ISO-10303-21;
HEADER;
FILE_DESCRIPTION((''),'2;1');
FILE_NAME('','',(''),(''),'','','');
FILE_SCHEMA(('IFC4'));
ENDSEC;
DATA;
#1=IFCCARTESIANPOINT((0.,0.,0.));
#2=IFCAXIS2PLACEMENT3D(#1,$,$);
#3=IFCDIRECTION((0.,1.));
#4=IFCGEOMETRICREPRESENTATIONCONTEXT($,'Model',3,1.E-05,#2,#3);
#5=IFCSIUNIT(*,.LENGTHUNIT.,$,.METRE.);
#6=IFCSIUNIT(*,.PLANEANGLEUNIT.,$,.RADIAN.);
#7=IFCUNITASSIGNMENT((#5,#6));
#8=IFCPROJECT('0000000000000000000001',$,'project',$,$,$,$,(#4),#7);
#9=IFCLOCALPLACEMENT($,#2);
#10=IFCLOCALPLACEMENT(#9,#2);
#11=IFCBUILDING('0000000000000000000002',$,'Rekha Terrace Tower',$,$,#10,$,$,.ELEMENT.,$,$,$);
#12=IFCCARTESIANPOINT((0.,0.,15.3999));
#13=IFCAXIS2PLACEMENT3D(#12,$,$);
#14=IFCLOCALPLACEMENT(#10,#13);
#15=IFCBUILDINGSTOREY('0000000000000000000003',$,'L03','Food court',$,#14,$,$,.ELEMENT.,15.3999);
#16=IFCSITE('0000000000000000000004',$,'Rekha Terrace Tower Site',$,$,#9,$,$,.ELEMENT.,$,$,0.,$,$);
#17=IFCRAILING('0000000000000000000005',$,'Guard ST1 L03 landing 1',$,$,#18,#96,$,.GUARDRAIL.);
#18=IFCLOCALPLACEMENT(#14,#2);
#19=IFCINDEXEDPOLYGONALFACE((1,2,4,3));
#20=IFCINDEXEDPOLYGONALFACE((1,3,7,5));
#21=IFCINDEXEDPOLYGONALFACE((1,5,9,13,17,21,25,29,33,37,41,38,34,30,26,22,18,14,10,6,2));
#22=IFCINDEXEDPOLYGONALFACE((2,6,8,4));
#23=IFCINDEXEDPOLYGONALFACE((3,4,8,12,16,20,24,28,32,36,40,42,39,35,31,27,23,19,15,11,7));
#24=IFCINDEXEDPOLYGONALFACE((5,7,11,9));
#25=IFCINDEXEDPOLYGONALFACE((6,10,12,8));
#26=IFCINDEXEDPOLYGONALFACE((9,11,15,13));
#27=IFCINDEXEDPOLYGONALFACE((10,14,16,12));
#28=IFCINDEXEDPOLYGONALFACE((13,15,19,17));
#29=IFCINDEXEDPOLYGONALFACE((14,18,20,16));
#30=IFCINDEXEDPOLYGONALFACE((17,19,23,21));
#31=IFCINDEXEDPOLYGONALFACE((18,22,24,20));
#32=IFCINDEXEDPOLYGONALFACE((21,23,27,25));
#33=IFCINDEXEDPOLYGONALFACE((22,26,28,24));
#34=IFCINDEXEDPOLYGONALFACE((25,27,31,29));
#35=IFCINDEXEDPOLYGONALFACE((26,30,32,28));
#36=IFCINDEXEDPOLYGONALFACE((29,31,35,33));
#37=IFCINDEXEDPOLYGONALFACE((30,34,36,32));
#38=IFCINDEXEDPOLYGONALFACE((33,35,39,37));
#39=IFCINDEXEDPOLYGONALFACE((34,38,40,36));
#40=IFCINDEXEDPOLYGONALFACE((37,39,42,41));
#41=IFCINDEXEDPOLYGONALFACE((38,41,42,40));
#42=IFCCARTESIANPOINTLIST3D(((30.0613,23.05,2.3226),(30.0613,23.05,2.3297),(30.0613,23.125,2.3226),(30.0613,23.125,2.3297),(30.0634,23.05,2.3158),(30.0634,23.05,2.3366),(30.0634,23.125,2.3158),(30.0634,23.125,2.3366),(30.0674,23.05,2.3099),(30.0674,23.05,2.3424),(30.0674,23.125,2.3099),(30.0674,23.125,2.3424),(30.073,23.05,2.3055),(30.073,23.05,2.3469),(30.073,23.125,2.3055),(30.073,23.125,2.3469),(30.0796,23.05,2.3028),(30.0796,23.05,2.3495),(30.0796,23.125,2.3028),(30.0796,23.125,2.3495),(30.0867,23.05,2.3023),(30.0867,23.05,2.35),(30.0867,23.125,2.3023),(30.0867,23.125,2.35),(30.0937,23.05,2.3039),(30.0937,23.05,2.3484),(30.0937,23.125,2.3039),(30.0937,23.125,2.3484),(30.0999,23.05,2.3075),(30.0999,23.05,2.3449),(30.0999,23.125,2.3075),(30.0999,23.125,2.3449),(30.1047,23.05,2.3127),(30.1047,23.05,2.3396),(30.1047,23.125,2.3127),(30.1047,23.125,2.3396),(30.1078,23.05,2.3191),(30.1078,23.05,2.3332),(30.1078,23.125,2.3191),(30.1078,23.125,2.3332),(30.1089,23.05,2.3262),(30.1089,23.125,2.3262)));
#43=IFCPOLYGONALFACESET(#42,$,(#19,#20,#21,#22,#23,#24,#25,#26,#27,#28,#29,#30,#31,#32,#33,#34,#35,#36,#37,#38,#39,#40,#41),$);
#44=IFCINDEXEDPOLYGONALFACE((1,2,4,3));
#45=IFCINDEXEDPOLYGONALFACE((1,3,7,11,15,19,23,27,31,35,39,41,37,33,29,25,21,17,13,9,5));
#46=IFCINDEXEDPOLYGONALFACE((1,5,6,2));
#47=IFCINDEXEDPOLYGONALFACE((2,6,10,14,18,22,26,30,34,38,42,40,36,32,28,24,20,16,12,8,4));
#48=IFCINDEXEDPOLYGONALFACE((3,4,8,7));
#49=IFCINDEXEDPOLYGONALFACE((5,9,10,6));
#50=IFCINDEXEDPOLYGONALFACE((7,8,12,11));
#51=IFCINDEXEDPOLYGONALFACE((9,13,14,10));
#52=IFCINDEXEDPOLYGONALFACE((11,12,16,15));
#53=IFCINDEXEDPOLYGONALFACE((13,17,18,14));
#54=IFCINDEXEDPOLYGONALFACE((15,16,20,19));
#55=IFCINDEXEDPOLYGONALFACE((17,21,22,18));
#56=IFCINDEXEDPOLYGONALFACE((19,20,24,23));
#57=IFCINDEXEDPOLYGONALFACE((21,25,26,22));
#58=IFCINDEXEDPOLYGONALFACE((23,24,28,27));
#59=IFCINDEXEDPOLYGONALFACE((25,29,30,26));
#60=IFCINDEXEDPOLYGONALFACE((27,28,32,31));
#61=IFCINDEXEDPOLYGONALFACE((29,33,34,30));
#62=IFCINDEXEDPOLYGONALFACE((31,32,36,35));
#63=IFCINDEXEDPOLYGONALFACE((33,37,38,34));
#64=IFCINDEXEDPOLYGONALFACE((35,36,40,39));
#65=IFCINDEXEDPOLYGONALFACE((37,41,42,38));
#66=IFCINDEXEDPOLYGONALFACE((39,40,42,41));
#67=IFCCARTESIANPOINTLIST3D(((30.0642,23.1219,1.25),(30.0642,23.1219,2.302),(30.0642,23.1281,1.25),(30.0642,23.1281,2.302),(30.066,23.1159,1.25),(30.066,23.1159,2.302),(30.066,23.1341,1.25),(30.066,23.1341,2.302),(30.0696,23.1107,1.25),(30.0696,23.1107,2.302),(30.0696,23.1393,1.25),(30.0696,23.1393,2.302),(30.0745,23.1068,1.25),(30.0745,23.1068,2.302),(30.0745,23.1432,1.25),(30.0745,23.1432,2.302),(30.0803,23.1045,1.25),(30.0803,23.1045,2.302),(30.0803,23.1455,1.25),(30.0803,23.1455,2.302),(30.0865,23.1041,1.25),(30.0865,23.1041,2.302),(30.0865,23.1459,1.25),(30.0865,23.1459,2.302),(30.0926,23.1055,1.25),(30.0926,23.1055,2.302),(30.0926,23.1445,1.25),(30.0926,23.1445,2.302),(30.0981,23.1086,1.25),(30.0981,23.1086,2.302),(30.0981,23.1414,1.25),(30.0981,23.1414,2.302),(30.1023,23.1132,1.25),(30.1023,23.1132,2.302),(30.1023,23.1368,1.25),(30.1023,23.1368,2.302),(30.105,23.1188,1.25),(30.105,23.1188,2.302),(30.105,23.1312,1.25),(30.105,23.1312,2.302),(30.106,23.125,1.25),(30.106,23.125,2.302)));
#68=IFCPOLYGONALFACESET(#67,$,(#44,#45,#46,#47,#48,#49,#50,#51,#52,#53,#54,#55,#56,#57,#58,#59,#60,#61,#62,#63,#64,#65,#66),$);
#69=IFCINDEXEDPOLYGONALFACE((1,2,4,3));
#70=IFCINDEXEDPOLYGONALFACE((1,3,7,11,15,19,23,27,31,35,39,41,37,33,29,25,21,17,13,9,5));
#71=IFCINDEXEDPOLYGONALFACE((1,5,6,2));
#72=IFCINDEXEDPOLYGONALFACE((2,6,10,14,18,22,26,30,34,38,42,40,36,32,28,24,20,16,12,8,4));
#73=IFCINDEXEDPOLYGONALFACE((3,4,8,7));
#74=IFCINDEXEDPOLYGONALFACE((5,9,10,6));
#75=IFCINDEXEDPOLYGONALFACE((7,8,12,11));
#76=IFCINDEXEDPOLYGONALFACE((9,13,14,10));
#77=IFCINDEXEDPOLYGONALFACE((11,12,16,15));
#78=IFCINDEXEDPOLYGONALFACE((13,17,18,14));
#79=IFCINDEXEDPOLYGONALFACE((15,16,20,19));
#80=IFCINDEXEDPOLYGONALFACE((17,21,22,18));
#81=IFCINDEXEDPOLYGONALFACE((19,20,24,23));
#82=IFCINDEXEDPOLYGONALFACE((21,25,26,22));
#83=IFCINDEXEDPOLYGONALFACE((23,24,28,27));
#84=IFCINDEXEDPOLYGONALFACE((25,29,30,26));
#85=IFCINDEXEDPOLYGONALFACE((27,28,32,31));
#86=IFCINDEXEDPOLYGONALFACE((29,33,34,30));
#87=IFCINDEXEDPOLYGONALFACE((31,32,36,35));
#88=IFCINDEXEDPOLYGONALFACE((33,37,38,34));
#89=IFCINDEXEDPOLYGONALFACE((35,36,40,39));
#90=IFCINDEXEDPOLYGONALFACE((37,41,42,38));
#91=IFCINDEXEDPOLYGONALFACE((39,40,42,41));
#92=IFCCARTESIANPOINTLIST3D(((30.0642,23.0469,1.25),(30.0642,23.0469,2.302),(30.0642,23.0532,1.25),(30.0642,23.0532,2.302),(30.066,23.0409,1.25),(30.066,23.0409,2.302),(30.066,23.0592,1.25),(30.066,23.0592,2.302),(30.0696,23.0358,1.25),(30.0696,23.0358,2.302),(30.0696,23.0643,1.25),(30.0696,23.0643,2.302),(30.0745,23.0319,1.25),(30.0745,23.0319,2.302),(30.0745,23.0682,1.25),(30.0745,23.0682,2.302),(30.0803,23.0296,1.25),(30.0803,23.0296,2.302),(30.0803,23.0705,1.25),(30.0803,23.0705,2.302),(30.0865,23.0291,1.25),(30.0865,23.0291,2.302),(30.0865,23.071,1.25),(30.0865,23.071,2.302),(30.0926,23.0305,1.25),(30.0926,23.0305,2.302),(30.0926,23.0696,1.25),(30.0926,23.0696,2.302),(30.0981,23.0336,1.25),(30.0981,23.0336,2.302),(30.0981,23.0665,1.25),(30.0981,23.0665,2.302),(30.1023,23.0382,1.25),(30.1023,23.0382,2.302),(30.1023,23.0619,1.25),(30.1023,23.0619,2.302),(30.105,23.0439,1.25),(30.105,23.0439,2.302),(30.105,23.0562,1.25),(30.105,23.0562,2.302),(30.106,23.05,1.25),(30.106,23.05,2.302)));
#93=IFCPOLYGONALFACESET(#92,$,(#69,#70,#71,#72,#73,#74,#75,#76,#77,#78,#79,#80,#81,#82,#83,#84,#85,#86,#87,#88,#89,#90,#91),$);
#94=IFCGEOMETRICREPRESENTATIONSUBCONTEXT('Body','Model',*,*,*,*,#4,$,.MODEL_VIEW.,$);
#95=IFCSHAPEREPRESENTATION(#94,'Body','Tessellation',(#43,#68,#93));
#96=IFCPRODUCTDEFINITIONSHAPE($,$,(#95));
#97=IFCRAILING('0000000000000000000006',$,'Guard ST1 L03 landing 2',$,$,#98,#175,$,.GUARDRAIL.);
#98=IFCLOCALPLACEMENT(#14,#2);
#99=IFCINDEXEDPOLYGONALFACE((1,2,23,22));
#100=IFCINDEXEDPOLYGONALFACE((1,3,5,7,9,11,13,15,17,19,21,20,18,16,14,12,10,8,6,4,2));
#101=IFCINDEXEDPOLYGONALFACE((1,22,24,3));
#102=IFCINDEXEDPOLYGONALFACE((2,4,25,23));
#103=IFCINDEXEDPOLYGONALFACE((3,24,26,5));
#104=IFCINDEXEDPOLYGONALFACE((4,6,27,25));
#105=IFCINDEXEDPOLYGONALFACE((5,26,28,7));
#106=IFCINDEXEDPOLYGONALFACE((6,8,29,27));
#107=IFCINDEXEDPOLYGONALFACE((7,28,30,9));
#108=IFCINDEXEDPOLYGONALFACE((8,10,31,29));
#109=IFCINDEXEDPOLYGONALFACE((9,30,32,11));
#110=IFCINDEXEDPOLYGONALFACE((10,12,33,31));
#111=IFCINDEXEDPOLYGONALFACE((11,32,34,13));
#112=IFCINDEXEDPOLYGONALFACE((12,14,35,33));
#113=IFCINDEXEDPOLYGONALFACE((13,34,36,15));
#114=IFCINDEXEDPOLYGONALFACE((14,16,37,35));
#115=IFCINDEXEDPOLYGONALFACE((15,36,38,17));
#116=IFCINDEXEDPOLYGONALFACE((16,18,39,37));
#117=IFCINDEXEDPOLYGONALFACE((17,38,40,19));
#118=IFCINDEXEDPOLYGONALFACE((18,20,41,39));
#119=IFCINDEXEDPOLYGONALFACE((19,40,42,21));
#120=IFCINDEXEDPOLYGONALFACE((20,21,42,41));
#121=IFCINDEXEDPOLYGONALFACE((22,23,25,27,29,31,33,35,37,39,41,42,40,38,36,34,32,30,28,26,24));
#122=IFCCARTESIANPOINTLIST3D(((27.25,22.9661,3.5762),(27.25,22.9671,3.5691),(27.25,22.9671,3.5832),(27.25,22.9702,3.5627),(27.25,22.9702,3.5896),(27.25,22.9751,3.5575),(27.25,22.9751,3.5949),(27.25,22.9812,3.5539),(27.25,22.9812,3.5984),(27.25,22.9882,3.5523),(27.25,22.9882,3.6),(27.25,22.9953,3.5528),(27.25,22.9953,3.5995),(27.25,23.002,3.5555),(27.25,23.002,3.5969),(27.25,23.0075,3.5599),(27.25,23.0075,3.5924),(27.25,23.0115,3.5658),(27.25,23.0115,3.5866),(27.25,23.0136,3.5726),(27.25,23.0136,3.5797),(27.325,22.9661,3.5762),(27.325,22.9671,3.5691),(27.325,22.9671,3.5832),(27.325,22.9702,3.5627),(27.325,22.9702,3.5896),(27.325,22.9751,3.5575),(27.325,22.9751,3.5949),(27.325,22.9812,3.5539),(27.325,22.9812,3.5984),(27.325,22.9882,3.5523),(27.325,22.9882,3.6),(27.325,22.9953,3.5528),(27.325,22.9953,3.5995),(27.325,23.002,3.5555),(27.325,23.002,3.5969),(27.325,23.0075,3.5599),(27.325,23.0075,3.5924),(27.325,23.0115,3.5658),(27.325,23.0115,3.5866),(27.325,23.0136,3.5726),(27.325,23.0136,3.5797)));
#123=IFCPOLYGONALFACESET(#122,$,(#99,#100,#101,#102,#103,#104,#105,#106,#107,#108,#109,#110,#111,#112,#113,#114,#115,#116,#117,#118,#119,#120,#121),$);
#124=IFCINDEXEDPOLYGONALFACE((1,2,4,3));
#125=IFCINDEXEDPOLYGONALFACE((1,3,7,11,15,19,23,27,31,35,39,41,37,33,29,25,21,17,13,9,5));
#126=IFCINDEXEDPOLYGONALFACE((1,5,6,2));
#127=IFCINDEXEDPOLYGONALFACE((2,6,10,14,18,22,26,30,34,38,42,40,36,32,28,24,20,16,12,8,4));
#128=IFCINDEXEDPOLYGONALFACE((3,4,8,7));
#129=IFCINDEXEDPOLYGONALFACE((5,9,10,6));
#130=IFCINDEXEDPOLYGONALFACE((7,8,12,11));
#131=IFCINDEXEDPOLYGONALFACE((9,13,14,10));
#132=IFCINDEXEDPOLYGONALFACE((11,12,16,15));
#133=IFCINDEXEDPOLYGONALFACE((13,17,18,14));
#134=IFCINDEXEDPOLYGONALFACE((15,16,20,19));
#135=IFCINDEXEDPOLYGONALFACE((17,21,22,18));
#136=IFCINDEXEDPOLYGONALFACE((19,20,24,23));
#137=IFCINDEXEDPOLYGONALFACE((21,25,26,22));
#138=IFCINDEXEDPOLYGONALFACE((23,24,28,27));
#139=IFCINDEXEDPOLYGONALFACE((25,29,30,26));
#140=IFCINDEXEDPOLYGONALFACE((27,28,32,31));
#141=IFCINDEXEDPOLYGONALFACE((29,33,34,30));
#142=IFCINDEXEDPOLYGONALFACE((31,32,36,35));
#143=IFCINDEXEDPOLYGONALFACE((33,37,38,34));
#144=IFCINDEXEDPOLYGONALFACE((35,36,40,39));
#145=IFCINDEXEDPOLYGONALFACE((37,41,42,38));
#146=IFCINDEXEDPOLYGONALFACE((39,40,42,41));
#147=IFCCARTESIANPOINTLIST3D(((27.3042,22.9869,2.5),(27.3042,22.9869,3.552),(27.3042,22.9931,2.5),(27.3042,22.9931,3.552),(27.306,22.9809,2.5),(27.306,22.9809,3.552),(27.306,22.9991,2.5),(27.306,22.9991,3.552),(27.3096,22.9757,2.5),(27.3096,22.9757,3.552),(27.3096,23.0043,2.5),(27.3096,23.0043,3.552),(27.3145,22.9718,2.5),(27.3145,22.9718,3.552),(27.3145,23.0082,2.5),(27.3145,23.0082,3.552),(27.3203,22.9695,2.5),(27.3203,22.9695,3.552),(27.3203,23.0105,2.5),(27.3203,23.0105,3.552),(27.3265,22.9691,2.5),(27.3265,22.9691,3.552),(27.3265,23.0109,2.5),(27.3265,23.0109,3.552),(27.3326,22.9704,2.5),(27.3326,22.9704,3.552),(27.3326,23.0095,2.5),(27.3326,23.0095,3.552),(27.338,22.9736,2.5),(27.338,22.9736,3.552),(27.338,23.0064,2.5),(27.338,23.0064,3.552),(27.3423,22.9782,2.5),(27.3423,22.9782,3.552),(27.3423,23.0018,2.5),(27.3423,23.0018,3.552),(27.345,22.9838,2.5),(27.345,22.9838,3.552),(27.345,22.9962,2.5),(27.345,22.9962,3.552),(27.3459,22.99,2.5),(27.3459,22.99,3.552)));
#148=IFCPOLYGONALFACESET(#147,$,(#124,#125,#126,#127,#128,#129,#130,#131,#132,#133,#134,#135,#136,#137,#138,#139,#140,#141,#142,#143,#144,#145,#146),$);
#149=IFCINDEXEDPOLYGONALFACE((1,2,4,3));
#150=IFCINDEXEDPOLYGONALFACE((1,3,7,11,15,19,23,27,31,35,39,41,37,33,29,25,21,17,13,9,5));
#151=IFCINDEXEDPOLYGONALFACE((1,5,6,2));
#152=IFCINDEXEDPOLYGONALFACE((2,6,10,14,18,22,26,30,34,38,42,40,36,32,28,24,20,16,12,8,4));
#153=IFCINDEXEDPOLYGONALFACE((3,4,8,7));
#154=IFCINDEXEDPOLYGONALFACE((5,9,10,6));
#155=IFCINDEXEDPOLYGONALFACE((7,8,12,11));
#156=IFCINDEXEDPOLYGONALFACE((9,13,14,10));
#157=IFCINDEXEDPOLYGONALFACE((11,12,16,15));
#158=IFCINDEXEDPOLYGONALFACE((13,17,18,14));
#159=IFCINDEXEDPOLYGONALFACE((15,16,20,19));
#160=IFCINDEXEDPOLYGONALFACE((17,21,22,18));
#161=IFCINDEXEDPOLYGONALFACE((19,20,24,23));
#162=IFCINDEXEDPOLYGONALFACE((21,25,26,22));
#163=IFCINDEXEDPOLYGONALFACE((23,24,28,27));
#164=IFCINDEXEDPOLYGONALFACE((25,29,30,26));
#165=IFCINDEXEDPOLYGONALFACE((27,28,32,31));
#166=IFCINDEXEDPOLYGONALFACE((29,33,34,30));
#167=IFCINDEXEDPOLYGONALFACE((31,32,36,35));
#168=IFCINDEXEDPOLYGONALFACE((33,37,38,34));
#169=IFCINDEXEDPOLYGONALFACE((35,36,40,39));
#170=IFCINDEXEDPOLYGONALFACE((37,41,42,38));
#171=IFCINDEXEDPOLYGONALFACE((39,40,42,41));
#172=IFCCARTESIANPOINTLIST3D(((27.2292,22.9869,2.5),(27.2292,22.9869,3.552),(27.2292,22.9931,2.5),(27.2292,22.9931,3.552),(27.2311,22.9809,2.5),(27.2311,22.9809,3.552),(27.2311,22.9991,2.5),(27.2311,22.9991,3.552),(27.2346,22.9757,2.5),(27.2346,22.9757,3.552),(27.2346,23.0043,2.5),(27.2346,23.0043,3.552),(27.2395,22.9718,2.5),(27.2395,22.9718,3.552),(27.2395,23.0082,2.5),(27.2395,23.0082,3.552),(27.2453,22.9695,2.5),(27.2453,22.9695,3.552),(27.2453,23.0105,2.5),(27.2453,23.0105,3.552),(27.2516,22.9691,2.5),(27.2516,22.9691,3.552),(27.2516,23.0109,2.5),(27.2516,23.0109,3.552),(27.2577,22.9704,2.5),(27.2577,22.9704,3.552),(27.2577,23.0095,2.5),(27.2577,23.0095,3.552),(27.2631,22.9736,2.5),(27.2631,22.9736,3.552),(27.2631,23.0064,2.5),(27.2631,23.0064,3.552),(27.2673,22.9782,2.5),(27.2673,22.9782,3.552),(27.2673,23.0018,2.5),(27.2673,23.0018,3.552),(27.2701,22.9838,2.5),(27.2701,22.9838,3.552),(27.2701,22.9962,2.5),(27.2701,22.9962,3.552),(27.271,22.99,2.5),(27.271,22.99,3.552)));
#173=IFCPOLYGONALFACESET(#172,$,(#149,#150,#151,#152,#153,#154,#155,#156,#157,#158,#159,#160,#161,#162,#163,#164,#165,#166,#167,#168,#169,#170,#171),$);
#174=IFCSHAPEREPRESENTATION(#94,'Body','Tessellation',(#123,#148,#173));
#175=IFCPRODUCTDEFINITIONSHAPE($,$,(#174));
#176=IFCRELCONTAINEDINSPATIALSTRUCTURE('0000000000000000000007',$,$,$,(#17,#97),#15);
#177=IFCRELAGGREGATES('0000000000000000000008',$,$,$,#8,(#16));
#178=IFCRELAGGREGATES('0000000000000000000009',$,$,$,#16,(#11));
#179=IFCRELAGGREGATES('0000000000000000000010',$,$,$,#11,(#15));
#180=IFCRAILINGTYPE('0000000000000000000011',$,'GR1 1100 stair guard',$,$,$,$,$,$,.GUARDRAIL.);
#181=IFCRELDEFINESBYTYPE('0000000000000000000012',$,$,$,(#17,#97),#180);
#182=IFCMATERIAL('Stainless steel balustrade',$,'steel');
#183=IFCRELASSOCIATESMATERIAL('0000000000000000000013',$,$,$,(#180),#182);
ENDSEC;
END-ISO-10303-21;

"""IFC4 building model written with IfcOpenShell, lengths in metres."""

from ifc_helpers import new_model, si_unit, direction, frame, origin, origin_2d, place, context, subcontext, project, spatial, circle, extrude, material, type_object, element, save


model = new_model("IFC4")

# Units and contexts
model_context = context("Model", 3, precision=1e-05, world=origin(), true_north=direction((0.0, 1.0)))
body_context = subcontext(model_context, "Body", "Model", "MODEL_VIEW")
ifc_project = project(units=[si_unit("LENGTHUNIT", "METRE"), si_unit("PLANEANGLEUNIT", "RADIAN")], contexts=[model_context])

# Site, building, storey
site_placement = place(None, origin())
site = spatial("IfcSite", under=ifc_project, at=site_placement, Name="Rekha Terrace Tower Site", CompositionType="ELEMENT", RefElevation=0.0)
building_placement = place(site_placement, origin())
building = spatial("IfcBuilding", under=site, at=building_placement, Name="Rekha Terrace Tower", CompositionType="ELEMENT")
storey_placement = place(building_placement, frame((0.0, 0.0, 15.3999)))
storey = spatial("IfcBuildingStorey", under=building, at=storey_placement, Name="L03", Description="Food court", CompositionType="ELEMENT", Elevation=15.3999)

# Railings
ifc_material_1 = material(Name="Stainless steel balustrade", Category="steel")
railing_type_1 = type_object("IfcRailingType", Name="GR1 1100 stair guard", PredefinedType="GUARDRAIL", material=ifc_material_1)
railing_1_placement = place(storey_placement, frame((30.085, 23.125, 1.25)))
element("IfcRailing", 1, at=railing_1_placement, inside=storey, type_object=railing_type_1, Name="Guard ST1 L03 landing 1", PredefinedType="GUARDRAIL", context=body_context, shape_type="SweptSolid", body=[
    extrude(circle(Radius=0.0239, at=origin_2d()), frame((0.0, 0.0, 1.0762), z_axis=(0.0, -1.0, 0.0), x_axis=(1.0, 0.0, 0.0)), (0.0, 0.0, 1.0), 0.075),
    extrude(circle(Radius=0.021, at=origin_2d()), origin(), (0.0, 0.0, 1.0), 1.052),
    extrude(circle(Radius=0.021, at=origin_2d()), frame((0.0, -0.075, 0.0)), (0.0, 0.0, 1.0), 1.052),
])
railing_2_placement = place(storey_placement, frame((27.325, 22.99, 2.5)))
element("IfcRailing", 2, at=railing_2_placement, inside=storey, type_object=railing_type_1, Name="Guard ST1 L03 landing 2", PredefinedType="GUARDRAIL", context=body_context, shape_type="SweptSolid", body=[
    extrude(circle(Radius=0.0239, at=origin_2d()), frame((0.0, 0.0, 1.0762), z_axis=(-1.0, 0.0, 0.0), x_axis=(0.0, -1.0, 0.0)), (0.0, 0.0, 1.0), 0.075),
    extrude(circle(Radius=0.021, at=origin_2d()), origin(), (0.0, 0.0, 1.0), 1.052),
    extrude(circle(Radius=0.021, at=origin_2d()), frame((-0.075, 0.0, 0.0)), (0.0, 0.0, 1.0), 1.052),
])

save(model, "model.ifc")
